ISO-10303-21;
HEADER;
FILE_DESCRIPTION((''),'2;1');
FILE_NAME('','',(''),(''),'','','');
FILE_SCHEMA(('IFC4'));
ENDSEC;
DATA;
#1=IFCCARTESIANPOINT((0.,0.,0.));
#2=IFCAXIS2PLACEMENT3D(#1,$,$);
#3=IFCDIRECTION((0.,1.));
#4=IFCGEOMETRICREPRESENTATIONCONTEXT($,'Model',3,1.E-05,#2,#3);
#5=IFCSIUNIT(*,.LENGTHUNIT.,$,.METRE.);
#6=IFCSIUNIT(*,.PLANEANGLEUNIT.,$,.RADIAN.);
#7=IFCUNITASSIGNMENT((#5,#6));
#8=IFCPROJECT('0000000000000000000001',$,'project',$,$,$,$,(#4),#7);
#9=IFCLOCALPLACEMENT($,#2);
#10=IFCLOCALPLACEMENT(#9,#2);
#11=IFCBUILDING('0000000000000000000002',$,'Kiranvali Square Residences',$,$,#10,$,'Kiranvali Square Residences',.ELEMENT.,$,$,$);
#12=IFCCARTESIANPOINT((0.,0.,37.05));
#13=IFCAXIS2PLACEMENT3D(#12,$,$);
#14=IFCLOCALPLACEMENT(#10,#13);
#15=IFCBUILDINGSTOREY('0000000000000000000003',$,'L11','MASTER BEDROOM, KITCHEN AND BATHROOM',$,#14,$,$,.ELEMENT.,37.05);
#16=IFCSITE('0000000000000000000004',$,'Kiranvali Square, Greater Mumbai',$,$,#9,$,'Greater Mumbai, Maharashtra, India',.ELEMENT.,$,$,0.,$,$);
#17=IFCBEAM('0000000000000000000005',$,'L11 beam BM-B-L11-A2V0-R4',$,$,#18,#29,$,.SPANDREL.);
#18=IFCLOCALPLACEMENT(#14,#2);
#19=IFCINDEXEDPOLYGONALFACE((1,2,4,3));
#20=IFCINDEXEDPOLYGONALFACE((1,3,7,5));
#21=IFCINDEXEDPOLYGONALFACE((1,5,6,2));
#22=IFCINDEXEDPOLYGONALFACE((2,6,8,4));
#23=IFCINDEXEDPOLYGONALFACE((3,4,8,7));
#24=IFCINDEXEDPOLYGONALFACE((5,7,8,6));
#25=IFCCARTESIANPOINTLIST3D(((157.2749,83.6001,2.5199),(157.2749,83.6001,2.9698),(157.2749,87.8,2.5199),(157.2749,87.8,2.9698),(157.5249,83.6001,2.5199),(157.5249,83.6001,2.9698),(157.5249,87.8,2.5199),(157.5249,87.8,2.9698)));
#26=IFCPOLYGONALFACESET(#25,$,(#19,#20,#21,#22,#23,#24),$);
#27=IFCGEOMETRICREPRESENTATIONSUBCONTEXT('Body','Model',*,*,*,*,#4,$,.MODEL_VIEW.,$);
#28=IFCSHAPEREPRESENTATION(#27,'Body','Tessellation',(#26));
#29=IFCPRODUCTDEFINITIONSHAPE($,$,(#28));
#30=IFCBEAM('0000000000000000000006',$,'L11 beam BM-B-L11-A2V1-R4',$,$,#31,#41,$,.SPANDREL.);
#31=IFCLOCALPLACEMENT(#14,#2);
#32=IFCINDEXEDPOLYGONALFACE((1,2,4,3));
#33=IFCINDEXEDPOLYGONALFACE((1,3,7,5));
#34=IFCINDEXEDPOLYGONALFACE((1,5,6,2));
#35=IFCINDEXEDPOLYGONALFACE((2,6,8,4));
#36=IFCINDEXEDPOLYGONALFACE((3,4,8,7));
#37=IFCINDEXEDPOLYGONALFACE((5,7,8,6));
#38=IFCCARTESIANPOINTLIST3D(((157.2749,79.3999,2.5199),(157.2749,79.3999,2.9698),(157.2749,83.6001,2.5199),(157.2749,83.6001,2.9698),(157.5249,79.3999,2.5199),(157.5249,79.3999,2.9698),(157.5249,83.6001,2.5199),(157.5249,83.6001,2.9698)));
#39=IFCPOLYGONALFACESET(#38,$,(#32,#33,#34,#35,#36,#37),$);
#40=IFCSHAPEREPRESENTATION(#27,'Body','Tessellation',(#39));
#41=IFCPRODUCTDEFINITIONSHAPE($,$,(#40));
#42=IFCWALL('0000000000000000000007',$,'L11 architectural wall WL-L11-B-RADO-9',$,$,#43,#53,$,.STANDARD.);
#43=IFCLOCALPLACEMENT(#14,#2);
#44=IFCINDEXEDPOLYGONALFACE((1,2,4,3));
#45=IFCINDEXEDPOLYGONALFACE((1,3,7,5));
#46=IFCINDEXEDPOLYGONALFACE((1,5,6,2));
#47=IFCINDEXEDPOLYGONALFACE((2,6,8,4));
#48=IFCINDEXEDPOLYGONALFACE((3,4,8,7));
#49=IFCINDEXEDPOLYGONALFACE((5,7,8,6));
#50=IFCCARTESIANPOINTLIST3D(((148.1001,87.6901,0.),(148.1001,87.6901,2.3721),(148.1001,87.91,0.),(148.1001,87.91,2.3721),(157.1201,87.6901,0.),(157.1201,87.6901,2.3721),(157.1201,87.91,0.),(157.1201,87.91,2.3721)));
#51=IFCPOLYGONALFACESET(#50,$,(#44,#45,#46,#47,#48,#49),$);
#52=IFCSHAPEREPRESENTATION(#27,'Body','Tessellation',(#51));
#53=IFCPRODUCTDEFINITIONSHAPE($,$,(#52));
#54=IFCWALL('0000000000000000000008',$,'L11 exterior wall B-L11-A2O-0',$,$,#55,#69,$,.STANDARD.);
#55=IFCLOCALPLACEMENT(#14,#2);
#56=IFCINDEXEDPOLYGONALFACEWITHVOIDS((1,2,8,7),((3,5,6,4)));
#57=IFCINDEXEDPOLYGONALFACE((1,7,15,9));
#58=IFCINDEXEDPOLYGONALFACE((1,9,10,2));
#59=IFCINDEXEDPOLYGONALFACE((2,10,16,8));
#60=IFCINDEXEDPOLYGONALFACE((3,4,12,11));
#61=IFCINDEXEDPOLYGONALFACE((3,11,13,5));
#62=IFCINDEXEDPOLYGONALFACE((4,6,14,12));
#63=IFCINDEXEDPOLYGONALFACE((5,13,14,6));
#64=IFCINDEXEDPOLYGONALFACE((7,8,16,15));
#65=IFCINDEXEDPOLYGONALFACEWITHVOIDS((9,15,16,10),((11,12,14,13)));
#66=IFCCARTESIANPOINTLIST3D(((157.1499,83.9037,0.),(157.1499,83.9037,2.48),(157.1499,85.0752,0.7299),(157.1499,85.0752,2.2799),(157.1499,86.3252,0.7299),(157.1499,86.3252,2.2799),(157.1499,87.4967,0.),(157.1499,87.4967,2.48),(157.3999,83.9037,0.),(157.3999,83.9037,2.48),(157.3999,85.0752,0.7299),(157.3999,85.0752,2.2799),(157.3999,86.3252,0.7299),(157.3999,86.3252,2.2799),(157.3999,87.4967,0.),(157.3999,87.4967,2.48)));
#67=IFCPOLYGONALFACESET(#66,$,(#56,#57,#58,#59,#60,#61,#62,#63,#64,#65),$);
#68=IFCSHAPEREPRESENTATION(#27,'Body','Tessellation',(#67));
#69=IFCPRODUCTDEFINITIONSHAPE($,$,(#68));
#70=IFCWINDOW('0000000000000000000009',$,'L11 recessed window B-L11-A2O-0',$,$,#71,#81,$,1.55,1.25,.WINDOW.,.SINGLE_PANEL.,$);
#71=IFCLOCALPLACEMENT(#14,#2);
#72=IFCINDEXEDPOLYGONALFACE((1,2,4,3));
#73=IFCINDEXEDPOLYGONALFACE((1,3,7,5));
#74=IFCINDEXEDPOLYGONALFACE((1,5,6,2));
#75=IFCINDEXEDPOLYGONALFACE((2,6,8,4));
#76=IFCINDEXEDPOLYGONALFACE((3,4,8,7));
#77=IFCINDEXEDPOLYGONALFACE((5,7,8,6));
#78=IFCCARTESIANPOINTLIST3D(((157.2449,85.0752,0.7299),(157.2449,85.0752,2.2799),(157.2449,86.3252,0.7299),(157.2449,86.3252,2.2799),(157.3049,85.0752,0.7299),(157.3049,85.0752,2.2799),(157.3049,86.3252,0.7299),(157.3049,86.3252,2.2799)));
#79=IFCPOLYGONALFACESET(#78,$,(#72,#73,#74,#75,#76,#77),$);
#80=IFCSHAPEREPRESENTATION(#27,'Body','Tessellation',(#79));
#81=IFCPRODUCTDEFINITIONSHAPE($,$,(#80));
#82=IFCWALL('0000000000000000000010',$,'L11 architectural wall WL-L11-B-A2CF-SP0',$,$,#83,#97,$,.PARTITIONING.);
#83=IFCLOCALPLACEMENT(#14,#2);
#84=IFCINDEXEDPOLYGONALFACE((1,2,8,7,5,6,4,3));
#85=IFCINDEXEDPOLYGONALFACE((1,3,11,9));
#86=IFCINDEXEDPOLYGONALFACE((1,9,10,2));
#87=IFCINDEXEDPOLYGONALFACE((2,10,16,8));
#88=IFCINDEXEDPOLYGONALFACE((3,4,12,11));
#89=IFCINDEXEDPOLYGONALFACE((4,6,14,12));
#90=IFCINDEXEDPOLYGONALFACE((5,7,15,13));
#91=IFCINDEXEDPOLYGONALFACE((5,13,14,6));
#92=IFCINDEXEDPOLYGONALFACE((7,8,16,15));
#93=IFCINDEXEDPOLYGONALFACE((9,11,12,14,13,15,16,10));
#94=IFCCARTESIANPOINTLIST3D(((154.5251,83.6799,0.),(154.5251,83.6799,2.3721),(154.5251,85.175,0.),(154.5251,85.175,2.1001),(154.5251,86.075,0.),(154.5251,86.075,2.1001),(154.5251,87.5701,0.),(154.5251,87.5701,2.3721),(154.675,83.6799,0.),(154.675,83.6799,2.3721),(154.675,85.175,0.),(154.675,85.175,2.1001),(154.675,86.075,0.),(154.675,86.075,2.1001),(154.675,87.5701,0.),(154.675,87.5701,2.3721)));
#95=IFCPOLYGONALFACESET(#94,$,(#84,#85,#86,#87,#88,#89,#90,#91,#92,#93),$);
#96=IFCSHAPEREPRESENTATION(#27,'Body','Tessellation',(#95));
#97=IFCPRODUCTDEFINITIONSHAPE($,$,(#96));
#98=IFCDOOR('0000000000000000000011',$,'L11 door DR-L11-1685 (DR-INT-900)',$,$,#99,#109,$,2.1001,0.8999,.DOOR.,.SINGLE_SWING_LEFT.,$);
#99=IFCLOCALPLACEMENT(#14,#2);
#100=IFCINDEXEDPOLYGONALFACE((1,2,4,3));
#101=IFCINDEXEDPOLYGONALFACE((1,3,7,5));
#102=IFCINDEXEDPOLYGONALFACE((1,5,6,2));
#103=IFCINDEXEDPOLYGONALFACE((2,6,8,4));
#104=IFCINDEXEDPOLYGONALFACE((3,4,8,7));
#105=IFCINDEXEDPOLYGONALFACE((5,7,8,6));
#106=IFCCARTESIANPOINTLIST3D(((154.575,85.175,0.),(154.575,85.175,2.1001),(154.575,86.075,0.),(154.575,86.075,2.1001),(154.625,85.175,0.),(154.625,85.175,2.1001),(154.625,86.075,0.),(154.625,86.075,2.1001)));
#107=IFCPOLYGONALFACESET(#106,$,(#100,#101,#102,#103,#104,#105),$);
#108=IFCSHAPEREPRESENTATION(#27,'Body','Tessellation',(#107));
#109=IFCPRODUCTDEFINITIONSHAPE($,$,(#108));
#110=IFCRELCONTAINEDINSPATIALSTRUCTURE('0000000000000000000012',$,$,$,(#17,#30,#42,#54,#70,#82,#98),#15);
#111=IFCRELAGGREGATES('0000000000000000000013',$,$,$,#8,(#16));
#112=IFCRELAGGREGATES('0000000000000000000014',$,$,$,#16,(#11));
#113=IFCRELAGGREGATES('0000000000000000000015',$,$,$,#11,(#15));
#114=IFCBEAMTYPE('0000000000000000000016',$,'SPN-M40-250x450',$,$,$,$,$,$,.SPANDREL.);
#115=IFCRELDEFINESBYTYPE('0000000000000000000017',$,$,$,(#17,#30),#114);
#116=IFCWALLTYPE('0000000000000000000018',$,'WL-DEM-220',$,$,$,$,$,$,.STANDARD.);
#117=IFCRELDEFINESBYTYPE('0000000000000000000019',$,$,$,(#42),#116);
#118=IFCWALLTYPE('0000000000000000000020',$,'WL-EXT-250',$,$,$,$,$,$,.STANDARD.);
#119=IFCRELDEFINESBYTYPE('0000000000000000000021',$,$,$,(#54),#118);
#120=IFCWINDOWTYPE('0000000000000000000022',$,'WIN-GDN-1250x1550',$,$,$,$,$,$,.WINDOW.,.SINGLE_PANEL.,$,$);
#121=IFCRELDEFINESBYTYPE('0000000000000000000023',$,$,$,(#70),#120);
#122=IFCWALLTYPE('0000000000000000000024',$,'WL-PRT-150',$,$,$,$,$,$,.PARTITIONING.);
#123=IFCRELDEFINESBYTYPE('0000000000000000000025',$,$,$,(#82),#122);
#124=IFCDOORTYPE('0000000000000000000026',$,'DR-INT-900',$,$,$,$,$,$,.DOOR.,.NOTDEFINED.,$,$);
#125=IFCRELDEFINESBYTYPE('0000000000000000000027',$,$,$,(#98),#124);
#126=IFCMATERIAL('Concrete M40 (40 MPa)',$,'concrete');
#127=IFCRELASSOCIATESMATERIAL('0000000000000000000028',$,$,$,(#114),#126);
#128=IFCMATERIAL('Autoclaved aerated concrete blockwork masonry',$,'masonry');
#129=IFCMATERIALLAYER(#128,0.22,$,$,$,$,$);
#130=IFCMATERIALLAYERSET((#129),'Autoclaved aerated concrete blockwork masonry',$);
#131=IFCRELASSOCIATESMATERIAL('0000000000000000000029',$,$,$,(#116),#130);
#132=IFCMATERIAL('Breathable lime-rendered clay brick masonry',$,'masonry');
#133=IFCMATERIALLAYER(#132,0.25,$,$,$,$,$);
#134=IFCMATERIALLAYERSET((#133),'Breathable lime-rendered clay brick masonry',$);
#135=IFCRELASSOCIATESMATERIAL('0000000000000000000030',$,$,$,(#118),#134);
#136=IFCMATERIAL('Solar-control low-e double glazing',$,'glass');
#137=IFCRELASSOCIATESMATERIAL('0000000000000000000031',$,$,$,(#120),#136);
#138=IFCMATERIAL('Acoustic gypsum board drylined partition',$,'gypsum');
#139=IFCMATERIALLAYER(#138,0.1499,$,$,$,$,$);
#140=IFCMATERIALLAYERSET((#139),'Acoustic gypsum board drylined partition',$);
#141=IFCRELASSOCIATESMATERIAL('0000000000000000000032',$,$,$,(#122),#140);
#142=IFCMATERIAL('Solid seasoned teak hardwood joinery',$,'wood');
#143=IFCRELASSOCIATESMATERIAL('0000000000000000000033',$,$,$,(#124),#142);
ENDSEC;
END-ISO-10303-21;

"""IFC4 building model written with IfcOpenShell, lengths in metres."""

from ifc_helpers import new_model, si_unit, direction, frame, frame_2d, origin, origin_2d, place, context, subcontext, project, spatial, rectangle, extrude, material, layer, layer_set, material_profile, profile_set, type_object, element, fill, save


model = new_model("IFC4")

# Units and contexts
model_context = context("Model", 3, precision=1e-05, world=origin(), true_north=direction((0.0, 1.0)))
body_context = subcontext(model_context, "Body", "Model", "MODEL_VIEW")
ifc_project = project(units=[si_unit("LENGTHUNIT", "METRE"), si_unit("PLANEANGLEUNIT", "RADIAN")], contexts=[model_context])

# Site, building, storey
site_placement = place(None, origin())
site = spatial("IfcSite", under=ifc_project, at=site_placement, Name="Kiranvali Square, Greater Mumbai", LongName="Greater Mumbai, Maharashtra, India", CompositionType="ELEMENT", RefElevation=0.0)
building_placement = place(site_placement, origin())
building = spatial("IfcBuilding", under=site, at=building_placement, Name="Kiranvali Square Residences", LongName="Kiranvali Square Residences", CompositionType="ELEMENT")
storey_placement = place(building_placement, frame((0.0, 0.0, 37.05)))
storey = spatial("IfcBuildingStorey", under=building, at=storey_placement, Name="L11", Description="MASTER BEDROOM, KITCHEN AND BATHROOM", CompositionType="ELEMENT", Elevation=37.05)

# Shared definitions
ifc_material_1 = material(Name="Concrete M40 (40 MPa)", Category="concrete")

# Beams
ifc_material_profile_1 = material_profile(ifc_material_1, rectangle(XDim=0.25, YDim=0.45, at=origin_2d()), Name="RC 250x450")
ifc_profile_set_1 = profile_set([ifc_material_profile_1], Name="Concrete M40 (40 MPa)")
beam_type_1 = type_object("IfcBeamType", Name="SPN-M40-250x450", PredefinedType="SPANDREL", material=ifc_profile_set_1)
beam_1_placement = place(storey_placement, frame((157.3999, 87.8, 2.7449), z_axis=(0.0, -1.0, 0.0), x_axis=(1.0, 0.0, 0.0)))
element("IfcBeam", 1, at=beam_1_placement, inside=storey, type_object=beam_type_1, Name="L11 beam BM-B-L11-A2V0-R4", PredefinedType="SPANDREL", context=body_context, shape_type="SweptSolid", body=[
    extrude(rectangle(XDim=0.25, YDim=0.45, at=origin_2d()), origin(), (0.0, 0.0, 1.0), 4.2),
])
beam_2_placement = place(storey_placement, frame((157.3999, 83.6001, 2.7449), z_axis=(0.0, -1.0, 0.0), x_axis=(1.0, 0.0, 0.0)))
element("IfcBeam", 2, at=beam_2_placement, inside=storey, type_object=beam_type_1, Name="L11 beam BM-B-L11-A2V1-R4", PredefinedType="SPANDREL", context=body_context, shape_type="SweptSolid", body=[
    extrude(rectangle(XDim=0.25, YDim=0.45, at=origin_2d()), origin(), (0.0, 0.0, 1.0), 4.2002),
])

# Shared definitions
ifc_material_2 = material(Name="Autoclaved aerated concrete blockwork masonry", Category="masonry")

# Wall
ifc_layer_1 = layer(ifc_material_2, 0.22)
ifc_layer_set_1 = layer_set([ifc_layer_1], Name="Autoclaved aerated concrete blockwork masonry")
wall_type_1 = type_object("IfcWallType", Name="WL-DEM-220", PredefinedType="STANDARD", material=ifc_layer_set_1)
wall_1_placement = place(storey_placement, frame((148.1001, 87.8, 0.0), z_axis=(0.0, 0.0, 1.0), x_axis=(1.0, 0.0, 0.0)))
element("IfcWall", 3, at=wall_1_placement, inside=storey, type_object=wall_type_1, Name="L11 architectural wall WL-L11-B-RADO-9", PredefinedType="STANDARD", context=body_context, shape_type="SweptSolid", body=[
    extrude(rectangle(XDim=9.02, YDim=0.22, at=frame_2d((4.51, 0.0))), origin(), (0.0, 0.0, 1.0), 2.3721),
])

# Wall, opening, window
ifc_material_3 = material(Name="Breathable lime-rendered clay brick masonry", Category="masonry")
ifc_layer_2 = layer(ifc_material_3, 0.25)
ifc_layer_set_2 = layer_set([ifc_layer_2], Name="Breathable lime-rendered clay brick masonry")
wall_type_2 = type_object("IfcWallType", Name="WL-EXT-250", PredefinedType="STANDARD", material=ifc_layer_set_2)
wall_2_placement = place(storey_placement, frame((157.2749, 87.4966, 0.0), z_axis=(0.0, 0.0, 1.0), x_axis=(0.0, -1.0, 0.0)))
wall_2 = element("IfcWall", 4, at=wall_2_placement, inside=storey, type_object=wall_type_2, Name="L11 exterior wall B-L11-A2O-0", PredefinedType="STANDARD", context=body_context, shape_type="SweptSolid", body=[
    extrude(rectangle(XDim=3.593, YDim=0.25, at=frame_2d((1.7964, 0.0))), origin(), (0.0, 0.0, 1.0), 2.48),
])
opening_1_placement = place(wall_2_placement, frame((1.1714, 0.0, 0.73)))
opening_1 = element("IfcOpeningElement", 5, at=opening_1_placement, cuts=wall_2, PredefinedType="OPENING", context=body_context, shape_type="SweptSolid", body=[
    extrude(rectangle(XDim=1.25, YDim=1.55, at=frame_2d((0.625, 0.7749))), frame((0.0, 0.135, 0.0), z_axis=(0.0, -1.0, 0.0), x_axis=(1.0, 0.0, 0.0)), (0.0, 0.0, 1.0), 0.27),
])
ifc_material_4 = material(Name="Solar-control low-e double glazing", Category="glass")
window_type = type_object("IfcWindowType", Name="WIN-GDN-1250x1550", PartitioningType="SINGLE_PANEL", PredefinedType="WINDOW", material=ifc_material_4)
window_placement = place(opening_1_placement, origin())
window = element("IfcWindow", 6, at=window_placement, inside=storey, type_object=window_type, Name="L11 recessed window B-L11-A2O-0", OverallHeight=1.55, OverallWidth=1.25, PartitioningType="SINGLE_PANEL", PredefinedType="WINDOW", context=body_context, shape_type="SweptSolid", body=[
    extrude(rectangle(XDim=1.25, YDim=1.55, at=frame_2d((0.625, 0.7749))), frame((0.0, 0.03, 0.0), z_axis=(0.0, -1.0, 0.0), x_axis=(1.0, 0.0, 0.0)), (0.0, 0.0, 1.0), 0.0601),
])
fill(opening_1, window)

# Wall, opening, door
ifc_material_5 = material(Name="Acoustic gypsum board drylined partition", Category="gypsum")
ifc_layer_3 = layer(ifc_material_5, 0.1499)
ifc_layer_set_3 = layer_set([ifc_layer_3], Name="Acoustic gypsum board drylined partition")
wall_type_3 = type_object("IfcWallType", Name="WL-PRT-150", PredefinedType="PARTITIONING", material=ifc_layer_set_3)
wall_3_placement = place(storey_placement, frame((154.6001, 87.5701, 0.0), z_axis=(0.0, 0.0, 1.0), x_axis=(0.0, -1.0, 0.0)))
wall_3 = element("IfcWall", 7, at=wall_3_placement, inside=storey, type_object=wall_type_3, Name="L11 architectural wall WL-L11-B-A2CF-SP0", PredefinedType="PARTITIONING", context=body_context, shape_type="SweptSolid", body=[
    extrude(rectangle(XDim=3.8901, YDim=0.1499, at=frame_2d((1.9451, 0.0))), origin(), (0.0, 0.0, 1.0), 2.3721),
])
opening_2_placement = place(wall_3_placement, frame((1.4951, 0.0, 0.0)))
opening_2 = element("IfcOpeningElement", 8, at=opening_2_placement, cuts=wall_3, PredefinedType="OPENING", context=body_context, shape_type="SweptSolid", body=[
    extrude(rectangle(XDim=0.8999, YDim=2.1001, at=frame_2d((0.45, 1.05))), frame((0.0, 0.085, 0.0), z_axis=(0.0, -1.0, 0.0), x_axis=(1.0, 0.0, 0.0)), (0.0, 0.0, 1.0), 0.1699),
])
ifc_material_6 = material(Name="Solid seasoned teak hardwood joinery", Category="wood")
door_type_1 = type_object("IfcDoorType", Name="DR-INT-900", OperationType="NOTDEFINED", PredefinedType="DOOR", material=ifc_material_6)
door_1_placement = place(opening_2_placement, origin())
door_1 = element("IfcDoor", 9, at=door_1_placement, inside=storey, type_object=door_type_1, Name="L11 door DR-L11-1685 (DR-INT-900)", OperationType="SINGLE_SWING_LEFT", OverallHeight=2.1001, OverallWidth=0.8999, PredefinedType="DOOR", context=body_context, shape_type="SweptSolid", body=[
    extrude(rectangle(XDim=0.8999, YDim=2.1001, at=frame_2d((0.45, 1.05))), frame((0.0, 0.0249, 0.0), z_axis=(0.0, -1.0, 0.0), x_axis=(1.0, 0.0, 0.0)), (0.0, 0.0, 1.0), 0.05),
])
fill(opening_2, door_1)

save(model, "model.ifc")
